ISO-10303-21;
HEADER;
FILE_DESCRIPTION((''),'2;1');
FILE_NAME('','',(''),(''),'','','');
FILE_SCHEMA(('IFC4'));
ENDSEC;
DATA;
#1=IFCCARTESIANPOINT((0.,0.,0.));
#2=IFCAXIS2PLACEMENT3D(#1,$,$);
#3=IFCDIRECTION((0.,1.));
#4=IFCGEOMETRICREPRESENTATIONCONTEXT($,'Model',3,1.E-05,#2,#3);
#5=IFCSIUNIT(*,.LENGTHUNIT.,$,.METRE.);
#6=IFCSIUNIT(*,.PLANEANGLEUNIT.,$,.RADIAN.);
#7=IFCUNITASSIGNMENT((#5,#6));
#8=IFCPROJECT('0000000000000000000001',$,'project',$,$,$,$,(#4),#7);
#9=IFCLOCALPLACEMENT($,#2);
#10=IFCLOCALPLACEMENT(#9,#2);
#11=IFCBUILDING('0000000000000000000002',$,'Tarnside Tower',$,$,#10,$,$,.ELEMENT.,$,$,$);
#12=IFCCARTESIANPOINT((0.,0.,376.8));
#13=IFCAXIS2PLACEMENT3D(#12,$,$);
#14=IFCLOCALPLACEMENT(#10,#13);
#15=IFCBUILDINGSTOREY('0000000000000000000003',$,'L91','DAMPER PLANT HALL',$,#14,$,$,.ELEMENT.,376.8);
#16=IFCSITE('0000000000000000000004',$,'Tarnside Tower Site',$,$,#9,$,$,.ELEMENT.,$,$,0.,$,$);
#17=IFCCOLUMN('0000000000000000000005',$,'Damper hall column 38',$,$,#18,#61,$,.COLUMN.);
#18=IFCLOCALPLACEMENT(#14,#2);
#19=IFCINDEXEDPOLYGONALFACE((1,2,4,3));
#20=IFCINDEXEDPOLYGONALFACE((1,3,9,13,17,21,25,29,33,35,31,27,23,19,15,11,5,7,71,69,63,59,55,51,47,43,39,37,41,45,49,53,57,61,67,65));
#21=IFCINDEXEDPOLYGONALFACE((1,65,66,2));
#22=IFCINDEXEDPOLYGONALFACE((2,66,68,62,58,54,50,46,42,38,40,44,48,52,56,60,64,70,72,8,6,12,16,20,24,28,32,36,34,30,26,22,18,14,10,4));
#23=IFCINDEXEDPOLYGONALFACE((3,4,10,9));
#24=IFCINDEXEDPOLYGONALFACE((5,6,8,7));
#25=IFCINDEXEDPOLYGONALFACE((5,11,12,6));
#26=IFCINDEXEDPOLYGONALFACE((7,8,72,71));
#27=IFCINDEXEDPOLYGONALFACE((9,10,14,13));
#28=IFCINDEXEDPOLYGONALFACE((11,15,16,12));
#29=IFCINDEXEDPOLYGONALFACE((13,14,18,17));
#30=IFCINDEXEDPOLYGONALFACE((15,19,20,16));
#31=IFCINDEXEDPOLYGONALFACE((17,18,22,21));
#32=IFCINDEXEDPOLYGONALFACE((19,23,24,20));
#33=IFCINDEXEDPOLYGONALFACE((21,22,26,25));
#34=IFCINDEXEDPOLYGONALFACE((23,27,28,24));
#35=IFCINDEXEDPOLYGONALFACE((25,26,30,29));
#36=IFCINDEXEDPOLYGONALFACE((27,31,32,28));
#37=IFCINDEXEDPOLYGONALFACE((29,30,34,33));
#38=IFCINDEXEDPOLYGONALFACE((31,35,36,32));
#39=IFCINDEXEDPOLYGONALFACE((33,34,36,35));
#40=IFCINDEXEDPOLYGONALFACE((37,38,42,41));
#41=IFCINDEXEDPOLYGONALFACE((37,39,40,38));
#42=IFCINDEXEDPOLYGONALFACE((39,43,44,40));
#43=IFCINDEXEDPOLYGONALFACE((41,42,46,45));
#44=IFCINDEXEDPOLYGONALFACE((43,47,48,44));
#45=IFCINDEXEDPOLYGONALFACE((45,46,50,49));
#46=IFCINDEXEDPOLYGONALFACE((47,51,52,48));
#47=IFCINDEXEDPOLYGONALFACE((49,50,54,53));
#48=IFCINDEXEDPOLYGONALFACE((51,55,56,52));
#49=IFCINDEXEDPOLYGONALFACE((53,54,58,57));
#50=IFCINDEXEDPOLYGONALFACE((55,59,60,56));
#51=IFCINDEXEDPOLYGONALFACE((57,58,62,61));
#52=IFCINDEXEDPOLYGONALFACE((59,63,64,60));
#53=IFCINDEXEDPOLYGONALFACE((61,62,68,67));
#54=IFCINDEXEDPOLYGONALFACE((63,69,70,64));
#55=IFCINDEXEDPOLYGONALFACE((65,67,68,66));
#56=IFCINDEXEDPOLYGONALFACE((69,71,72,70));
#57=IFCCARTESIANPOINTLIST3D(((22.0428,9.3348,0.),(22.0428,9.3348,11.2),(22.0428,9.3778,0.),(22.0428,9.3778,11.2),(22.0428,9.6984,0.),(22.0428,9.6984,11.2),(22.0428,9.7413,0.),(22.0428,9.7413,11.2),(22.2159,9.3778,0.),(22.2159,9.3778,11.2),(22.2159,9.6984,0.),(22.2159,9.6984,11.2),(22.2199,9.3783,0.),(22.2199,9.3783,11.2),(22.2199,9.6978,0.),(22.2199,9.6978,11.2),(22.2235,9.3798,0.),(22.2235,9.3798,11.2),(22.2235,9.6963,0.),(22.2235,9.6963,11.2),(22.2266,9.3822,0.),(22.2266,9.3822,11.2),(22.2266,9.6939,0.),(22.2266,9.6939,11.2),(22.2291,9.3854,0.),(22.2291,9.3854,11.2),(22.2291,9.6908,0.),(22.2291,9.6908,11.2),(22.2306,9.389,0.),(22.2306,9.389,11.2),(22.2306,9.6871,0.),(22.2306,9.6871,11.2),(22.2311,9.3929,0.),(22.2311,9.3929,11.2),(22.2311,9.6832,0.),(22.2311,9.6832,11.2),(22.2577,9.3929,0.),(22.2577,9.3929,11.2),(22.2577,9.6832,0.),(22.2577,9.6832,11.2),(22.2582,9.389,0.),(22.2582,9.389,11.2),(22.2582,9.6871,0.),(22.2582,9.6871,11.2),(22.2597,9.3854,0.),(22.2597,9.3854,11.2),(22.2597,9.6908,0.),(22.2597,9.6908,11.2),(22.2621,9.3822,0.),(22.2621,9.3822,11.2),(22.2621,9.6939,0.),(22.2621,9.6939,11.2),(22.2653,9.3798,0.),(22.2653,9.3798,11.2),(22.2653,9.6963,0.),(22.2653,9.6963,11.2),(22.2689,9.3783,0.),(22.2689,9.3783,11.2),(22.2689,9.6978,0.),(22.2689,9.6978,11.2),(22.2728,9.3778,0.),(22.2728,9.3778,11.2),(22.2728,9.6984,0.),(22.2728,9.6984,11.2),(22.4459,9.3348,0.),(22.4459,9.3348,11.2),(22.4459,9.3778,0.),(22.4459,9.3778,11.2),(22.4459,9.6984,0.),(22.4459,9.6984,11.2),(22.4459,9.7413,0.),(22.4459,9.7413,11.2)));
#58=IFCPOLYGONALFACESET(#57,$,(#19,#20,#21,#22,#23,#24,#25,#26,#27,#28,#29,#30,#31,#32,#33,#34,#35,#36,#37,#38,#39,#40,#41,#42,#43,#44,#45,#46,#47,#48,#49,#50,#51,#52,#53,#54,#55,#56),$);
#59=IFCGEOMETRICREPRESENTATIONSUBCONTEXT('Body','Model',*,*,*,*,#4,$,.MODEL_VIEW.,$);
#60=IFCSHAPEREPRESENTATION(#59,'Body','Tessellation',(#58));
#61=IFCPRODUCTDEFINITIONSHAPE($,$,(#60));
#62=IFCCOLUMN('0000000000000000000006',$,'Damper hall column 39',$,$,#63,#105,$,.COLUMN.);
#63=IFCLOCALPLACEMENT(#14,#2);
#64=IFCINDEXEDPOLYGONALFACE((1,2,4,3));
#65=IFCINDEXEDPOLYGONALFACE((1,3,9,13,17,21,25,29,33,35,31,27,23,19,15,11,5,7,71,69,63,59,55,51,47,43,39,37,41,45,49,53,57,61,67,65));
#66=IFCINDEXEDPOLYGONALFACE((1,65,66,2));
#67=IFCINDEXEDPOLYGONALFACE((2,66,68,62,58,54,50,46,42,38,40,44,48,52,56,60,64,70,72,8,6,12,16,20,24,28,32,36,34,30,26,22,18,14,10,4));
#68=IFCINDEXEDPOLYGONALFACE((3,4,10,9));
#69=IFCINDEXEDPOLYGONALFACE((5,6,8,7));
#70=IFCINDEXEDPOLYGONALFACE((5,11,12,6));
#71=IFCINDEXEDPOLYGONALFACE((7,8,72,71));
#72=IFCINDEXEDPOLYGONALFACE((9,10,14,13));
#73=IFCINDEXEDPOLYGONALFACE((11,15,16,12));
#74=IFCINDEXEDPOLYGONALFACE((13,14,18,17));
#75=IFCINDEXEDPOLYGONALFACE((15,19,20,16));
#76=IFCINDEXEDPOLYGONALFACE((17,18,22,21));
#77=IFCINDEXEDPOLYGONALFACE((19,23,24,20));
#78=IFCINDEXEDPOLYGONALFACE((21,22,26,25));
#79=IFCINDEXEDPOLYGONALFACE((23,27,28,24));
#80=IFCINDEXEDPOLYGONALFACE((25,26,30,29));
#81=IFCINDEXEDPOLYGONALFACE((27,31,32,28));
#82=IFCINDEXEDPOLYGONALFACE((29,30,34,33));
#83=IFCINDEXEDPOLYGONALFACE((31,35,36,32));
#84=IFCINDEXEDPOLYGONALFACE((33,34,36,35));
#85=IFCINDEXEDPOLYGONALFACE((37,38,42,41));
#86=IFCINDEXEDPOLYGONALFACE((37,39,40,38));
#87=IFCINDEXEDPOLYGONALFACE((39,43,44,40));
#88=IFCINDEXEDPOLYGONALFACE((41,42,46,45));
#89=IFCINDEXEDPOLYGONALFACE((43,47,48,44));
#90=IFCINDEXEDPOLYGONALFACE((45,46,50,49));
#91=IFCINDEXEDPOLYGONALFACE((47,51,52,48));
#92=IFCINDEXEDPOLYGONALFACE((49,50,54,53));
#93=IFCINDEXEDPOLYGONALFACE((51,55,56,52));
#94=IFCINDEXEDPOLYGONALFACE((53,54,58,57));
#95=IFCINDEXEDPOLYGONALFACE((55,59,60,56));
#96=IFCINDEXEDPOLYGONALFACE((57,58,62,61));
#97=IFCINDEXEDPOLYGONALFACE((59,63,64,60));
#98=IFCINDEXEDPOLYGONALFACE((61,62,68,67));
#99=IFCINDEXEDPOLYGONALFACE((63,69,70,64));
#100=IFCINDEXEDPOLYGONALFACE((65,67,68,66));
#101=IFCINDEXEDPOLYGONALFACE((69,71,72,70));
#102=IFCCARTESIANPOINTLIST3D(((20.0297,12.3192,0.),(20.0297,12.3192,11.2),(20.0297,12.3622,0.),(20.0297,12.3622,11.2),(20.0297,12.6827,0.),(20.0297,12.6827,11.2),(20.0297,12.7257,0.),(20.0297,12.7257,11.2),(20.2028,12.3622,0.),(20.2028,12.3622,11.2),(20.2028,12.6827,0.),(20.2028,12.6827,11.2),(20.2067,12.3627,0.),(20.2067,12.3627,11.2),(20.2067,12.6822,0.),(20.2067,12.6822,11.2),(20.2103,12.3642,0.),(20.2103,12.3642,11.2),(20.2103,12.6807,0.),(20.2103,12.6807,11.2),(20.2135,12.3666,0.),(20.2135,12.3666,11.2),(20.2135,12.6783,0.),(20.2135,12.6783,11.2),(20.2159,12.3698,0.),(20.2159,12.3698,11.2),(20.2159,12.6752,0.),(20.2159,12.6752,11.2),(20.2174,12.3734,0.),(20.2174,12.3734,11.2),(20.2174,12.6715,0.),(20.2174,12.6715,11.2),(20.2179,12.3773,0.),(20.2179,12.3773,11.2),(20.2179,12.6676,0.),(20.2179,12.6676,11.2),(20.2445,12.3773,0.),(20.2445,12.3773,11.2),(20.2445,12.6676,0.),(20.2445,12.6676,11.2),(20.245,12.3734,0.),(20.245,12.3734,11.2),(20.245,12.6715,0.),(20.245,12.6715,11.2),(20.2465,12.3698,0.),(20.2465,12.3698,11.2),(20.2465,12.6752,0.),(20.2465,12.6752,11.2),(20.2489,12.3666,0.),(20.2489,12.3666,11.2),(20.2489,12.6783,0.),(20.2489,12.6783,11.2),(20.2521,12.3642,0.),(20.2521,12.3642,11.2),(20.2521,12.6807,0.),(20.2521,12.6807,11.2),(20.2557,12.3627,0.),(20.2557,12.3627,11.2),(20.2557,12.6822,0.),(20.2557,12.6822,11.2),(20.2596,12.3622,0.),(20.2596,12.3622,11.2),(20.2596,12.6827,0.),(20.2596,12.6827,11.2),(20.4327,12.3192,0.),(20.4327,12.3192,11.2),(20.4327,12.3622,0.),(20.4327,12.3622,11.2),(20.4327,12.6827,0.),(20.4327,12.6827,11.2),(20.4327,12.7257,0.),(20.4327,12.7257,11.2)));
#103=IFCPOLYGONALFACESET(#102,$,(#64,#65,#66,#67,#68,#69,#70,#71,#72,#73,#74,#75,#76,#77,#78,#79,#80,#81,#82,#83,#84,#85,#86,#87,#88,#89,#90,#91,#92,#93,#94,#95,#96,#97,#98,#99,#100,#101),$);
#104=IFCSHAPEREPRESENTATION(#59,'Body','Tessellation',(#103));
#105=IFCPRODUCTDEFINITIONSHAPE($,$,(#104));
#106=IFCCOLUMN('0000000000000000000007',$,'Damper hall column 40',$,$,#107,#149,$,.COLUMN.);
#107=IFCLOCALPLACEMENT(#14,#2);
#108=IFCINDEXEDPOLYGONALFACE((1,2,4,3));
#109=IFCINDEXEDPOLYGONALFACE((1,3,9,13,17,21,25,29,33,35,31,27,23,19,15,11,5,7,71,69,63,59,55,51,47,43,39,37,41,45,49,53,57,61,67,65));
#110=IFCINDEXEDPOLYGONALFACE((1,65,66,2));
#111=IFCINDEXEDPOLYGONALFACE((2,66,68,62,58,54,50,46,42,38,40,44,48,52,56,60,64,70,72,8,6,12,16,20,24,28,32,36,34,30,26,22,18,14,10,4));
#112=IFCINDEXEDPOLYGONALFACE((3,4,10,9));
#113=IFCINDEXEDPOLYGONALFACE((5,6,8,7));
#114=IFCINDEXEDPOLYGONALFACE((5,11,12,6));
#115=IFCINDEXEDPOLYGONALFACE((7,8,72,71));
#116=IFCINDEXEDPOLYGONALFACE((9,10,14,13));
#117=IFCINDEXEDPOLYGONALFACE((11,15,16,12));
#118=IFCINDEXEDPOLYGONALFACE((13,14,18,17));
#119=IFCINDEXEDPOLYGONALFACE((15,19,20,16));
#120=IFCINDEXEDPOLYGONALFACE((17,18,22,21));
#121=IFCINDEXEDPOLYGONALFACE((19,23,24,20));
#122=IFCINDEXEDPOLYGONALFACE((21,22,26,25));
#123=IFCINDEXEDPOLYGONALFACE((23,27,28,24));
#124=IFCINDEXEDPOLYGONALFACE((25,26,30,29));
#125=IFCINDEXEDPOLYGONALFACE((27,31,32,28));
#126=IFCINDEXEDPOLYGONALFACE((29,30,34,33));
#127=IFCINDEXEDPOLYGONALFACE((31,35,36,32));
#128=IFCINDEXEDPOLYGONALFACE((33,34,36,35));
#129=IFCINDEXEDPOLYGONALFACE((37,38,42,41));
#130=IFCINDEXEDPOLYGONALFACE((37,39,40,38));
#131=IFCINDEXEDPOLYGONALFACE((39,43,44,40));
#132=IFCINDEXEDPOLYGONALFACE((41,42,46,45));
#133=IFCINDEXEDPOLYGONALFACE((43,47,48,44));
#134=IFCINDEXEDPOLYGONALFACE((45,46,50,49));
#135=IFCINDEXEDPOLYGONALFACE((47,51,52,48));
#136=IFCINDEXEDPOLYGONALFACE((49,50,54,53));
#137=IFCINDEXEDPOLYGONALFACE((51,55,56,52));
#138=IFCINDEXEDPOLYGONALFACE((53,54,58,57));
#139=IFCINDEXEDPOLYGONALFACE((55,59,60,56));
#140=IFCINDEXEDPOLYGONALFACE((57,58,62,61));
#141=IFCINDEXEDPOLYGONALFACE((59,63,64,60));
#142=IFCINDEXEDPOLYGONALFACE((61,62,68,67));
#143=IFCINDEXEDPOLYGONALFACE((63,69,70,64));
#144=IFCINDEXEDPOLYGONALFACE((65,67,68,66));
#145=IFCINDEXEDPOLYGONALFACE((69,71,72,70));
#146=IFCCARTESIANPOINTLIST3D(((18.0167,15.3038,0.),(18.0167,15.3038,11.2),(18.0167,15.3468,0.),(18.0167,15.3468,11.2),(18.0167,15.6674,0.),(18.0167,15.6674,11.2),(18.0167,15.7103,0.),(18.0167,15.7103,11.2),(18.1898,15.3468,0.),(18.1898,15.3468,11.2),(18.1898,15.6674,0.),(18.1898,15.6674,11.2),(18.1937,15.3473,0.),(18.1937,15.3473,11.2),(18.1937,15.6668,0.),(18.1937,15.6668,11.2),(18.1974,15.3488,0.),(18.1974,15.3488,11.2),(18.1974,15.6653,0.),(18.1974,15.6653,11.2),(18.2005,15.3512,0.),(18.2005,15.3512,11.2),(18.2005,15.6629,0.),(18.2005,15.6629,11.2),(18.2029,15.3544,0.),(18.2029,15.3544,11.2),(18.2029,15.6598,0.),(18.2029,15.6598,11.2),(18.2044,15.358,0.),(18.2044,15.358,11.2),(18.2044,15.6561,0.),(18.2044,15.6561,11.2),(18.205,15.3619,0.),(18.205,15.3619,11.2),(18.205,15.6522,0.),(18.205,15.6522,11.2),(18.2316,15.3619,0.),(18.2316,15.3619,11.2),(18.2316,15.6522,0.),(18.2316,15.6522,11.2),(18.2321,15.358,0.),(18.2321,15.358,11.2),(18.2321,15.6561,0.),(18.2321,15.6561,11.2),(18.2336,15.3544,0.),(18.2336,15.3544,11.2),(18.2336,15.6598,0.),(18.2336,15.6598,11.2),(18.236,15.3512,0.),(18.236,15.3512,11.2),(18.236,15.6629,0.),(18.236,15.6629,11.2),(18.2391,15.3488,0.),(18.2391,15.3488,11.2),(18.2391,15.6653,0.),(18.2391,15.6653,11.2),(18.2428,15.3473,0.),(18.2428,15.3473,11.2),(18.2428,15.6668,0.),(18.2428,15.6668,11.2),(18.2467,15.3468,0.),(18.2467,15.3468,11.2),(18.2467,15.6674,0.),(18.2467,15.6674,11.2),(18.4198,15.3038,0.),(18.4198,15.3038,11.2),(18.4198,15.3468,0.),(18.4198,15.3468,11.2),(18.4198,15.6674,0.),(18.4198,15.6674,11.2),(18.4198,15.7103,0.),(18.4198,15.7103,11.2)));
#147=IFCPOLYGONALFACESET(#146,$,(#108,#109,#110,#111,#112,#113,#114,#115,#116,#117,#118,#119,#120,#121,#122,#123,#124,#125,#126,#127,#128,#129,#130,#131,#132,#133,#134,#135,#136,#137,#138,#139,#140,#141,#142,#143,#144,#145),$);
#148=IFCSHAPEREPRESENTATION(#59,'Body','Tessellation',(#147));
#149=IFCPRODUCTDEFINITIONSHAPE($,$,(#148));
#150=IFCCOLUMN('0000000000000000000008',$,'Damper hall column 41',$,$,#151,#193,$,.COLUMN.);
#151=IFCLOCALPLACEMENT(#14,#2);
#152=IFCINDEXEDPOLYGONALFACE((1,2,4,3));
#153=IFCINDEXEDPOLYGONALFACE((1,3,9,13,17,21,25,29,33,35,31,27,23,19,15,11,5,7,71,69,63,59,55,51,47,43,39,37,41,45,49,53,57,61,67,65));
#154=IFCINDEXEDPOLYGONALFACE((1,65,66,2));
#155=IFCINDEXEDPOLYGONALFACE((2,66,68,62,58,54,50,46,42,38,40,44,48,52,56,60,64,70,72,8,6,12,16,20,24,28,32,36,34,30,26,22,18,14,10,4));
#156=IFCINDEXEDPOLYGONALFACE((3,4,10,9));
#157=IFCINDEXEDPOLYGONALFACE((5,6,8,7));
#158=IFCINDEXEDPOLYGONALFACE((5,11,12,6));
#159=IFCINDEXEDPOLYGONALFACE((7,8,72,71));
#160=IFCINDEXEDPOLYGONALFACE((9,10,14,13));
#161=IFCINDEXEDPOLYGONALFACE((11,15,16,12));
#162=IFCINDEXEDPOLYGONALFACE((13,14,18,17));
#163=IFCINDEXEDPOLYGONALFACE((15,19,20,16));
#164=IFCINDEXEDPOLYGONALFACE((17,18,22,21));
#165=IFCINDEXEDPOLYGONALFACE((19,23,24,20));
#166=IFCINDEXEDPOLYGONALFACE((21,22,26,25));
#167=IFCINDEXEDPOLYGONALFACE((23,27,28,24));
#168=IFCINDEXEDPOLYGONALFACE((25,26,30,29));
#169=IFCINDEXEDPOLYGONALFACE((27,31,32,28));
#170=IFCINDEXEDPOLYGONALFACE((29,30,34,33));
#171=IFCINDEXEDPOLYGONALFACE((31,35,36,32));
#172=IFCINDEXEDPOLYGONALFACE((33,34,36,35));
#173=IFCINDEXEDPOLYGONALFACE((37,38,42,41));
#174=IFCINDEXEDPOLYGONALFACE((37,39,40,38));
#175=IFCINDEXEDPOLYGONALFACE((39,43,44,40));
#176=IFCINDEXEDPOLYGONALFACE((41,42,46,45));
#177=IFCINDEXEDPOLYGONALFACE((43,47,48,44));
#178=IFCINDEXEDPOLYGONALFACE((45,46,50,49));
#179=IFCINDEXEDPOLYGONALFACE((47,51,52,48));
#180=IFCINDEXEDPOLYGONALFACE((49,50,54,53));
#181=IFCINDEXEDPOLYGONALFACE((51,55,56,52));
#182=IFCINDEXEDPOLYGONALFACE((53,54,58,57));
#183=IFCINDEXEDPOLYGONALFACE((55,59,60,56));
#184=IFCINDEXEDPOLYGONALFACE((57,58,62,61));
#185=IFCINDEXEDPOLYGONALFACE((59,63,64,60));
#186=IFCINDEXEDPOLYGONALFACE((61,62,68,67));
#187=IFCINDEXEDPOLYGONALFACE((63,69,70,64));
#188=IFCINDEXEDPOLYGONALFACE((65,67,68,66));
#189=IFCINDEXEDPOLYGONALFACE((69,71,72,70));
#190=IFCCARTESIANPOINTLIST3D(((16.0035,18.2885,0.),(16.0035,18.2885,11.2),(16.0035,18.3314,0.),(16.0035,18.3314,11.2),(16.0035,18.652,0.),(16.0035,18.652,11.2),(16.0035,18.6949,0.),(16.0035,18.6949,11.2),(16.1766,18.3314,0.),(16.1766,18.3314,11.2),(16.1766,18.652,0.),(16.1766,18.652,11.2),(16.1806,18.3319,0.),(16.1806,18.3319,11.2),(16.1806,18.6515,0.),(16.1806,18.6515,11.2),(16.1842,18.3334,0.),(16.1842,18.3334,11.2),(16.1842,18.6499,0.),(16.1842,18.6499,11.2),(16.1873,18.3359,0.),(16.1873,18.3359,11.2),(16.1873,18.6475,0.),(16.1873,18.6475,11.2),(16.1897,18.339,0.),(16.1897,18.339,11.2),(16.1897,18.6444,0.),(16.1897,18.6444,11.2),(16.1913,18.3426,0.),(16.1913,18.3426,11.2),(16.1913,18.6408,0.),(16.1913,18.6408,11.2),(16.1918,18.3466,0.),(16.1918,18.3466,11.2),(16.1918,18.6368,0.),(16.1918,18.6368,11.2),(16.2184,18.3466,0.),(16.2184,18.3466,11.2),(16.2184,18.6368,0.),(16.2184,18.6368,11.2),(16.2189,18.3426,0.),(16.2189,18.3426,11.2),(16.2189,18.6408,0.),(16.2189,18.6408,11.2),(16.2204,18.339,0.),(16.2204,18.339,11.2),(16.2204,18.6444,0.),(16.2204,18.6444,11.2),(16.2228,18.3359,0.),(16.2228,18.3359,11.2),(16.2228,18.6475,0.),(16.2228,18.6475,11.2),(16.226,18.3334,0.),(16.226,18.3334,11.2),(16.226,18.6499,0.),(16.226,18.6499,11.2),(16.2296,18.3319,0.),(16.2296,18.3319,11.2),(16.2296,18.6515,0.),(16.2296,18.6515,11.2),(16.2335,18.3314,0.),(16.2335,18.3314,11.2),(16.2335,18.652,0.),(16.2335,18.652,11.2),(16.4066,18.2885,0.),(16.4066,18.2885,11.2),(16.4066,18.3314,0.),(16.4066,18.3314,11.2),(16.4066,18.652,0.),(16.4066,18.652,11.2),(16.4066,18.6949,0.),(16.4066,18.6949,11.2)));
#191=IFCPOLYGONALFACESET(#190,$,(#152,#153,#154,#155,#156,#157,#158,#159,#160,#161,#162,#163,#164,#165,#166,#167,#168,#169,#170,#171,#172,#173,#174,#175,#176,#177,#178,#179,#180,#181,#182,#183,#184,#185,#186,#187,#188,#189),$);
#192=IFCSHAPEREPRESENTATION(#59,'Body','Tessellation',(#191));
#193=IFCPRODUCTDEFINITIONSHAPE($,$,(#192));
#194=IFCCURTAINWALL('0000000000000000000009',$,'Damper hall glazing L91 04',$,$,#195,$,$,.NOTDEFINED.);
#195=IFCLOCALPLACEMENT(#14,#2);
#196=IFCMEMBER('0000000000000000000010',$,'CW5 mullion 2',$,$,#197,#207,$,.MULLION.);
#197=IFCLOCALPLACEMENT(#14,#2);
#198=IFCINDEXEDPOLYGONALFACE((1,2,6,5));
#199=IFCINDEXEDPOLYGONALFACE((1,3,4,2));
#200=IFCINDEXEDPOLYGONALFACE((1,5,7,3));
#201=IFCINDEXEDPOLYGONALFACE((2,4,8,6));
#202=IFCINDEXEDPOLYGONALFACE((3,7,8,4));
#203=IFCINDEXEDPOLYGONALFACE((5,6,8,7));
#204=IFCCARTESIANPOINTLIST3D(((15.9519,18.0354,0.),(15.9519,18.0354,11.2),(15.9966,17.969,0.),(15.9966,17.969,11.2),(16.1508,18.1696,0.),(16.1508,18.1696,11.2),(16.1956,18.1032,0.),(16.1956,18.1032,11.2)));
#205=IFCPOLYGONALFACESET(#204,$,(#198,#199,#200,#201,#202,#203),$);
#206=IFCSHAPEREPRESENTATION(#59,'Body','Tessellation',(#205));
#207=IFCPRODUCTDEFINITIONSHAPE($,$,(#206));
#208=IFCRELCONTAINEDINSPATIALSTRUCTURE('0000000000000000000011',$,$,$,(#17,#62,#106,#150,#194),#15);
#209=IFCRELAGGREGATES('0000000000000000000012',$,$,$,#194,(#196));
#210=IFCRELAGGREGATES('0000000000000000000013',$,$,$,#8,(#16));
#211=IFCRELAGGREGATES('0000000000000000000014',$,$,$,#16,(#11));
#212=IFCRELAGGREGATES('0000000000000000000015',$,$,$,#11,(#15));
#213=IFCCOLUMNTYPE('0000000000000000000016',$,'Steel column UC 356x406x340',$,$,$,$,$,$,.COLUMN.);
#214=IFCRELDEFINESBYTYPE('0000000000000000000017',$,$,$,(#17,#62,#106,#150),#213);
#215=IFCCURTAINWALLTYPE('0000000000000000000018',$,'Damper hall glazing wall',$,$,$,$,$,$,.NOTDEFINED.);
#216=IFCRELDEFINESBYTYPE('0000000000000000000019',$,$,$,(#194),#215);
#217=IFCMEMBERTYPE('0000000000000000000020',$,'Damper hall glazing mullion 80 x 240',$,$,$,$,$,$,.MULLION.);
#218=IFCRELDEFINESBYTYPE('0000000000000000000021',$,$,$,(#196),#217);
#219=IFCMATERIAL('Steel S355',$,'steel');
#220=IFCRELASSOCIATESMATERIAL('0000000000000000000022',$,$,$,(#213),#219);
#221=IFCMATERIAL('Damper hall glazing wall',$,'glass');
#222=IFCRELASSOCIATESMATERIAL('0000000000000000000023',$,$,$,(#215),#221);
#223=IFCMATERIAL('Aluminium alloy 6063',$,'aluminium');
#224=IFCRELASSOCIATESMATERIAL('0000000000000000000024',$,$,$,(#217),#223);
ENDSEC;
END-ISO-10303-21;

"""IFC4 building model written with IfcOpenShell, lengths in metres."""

from ifc_helpers import new_model, si_unit, direction, frame, origin, origin_2d, place, context, subcontext, project, spatial, rectangle, i_section, extrude, material, material_profile, profile_set, type_object, element, aggregate, save


model = new_model("IFC4")

# Units and contexts
model_context = context("Model", 3, precision=1e-05, world=origin(), true_north=direction((0.0, 1.0)))
body_context = subcontext(model_context, "Body", "Model", "MODEL_VIEW")
ifc_project = project(units=[si_unit("LENGTHUNIT", "METRE"), si_unit("PLANEANGLEUNIT", "RADIAN")], contexts=[model_context])

# Site, building, storey
site_placement = place(None, origin())
site = spatial("IfcSite", under=ifc_project, at=site_placement, Name="Tarnside Tower Site", CompositionType="ELEMENT", RefElevation=0.0)
building_placement = place(site_placement, origin())
building = spatial("IfcBuilding", under=site, at=building_placement, Name="Tarnside Tower", CompositionType="ELEMENT")
storey_placement = place(building_placement, frame((0.0, 0.0, 376.8)))
storey = spatial("IfcBuildingStorey", under=building, at=storey_placement, Name="L91", Description="DAMPER PLANT HALL", CompositionType="ELEMENT", Elevation=376.8)

# Columns
ifc_material_1 = material(Name="Steel S355", Category="steel")
ifc_material_profile_1 = material_profile(ifc_material_1, i_section(OverallWidth=0.4031, OverallDepth=0.4065, WebThickness=0.0266, FlangeThickness=0.043, FilletRadius=0.0151, at=origin_2d()), Name="UC 356x406x340")
ifc_profile_set_1 = profile_set([ifc_material_profile_1], Name="Steel S355")
column_type = type_object("IfcColumnType", Name="Steel column UC 356x406x340", PredefinedType="COLUMN", material=ifc_profile_set_1)
for number, where, z_axis, x_axis, name in (
    (1, (22.2444, 9.5381, 0.0), (0.0, 0.0, 1.0), (1.0, 0.0, 0.0), "Damper hall column 38"),
    (2, (20.2312, 12.5225, 0.0), (0.0, 0.0, 1.0), (1.0, 0.0, 0.0), "Damper hall column 39"),
    (3, (18.2183, 15.5071, 0.0), (0.0, 0.0, 1.0), (1.0, 0.0, 0.0), "Damper hall column 40"),
    (4, (16.2051, 18.4917, 0.0), (0.0, 0.0, 1.0), (1.0, 0.0, 0.0), "Damper hall column 41"),
):
    element("IfcColumn", number, at=place(storey_placement, frame(where, z_axis=z_axis, x_axis=x_axis)), inside=storey, type_object=column_type, Name=name, PredefinedType="COLUMN", context=body_context, shape_type="SweptSolid", body=[
        extrude(i_section(OverallWidth=0.4031, OverallDepth=0.4065, WebThickness=0.0266, FlangeThickness=0.043, FilletRadius=0.0151, at=origin_2d()), origin(), (0.0, 0.0, 1.0), 11.2),
    ])

# Curtain wall, member
ifc_material_2 = material(Name="Damper hall glazing wall", Category="glass")
curtain_wall_type = type_object("IfcCurtainWallType", Name="Damper hall glazing wall", PredefinedType="NOTDEFINED", material=ifc_material_2)
curtain_wall_placement = place(storey_placement, origin())
curtain_wall = element("IfcCurtainWall", 5, at=curtain_wall_placement, inside=storey, type_object=curtain_wall_type, Name="Damper hall glazing L91 04", PredefinedType="NOTDEFINED")
ifc_material_3 = material(Name="Aluminium alloy 6063", Category="aluminium")
ifc_material_profile_2 = material_profile(ifc_material_3, rectangle(XDim=0.24, YDim=0.0801, at=origin_2d()), Name="Damper hall glazing mullion 80 x 240")
ifc_profile_set_2 = profile_set([ifc_material_profile_2], Name="Aluminium alloy 6063")
member_type_1 = type_object("IfcMemberType", Name="Damper hall glazing mullion 80 x 240", PredefinedType="MULLION", material=ifc_profile_set_2)
member_1_placement = place(storey_placement, frame((16.0737, 18.0693, 0.0), z_axis=(0.0, 0.0, 1.0), x_axis=(0.829038, 0.559193, 0.0)))
member_1 = element("IfcMember", 6, at=member_1_placement, type_object=member_type_1, Name="CW5 mullion 2", PredefinedType="MULLION", context=body_context, shape_type="SweptSolid", body=[
    extrude(rectangle(XDim=0.24, YDim=0.0801, at=origin_2d()), origin(), (0.0, 0.0, 1.0), 11.2),
])

aggregate(curtain_wall, [member_1])

save(model, "model.ifc")
